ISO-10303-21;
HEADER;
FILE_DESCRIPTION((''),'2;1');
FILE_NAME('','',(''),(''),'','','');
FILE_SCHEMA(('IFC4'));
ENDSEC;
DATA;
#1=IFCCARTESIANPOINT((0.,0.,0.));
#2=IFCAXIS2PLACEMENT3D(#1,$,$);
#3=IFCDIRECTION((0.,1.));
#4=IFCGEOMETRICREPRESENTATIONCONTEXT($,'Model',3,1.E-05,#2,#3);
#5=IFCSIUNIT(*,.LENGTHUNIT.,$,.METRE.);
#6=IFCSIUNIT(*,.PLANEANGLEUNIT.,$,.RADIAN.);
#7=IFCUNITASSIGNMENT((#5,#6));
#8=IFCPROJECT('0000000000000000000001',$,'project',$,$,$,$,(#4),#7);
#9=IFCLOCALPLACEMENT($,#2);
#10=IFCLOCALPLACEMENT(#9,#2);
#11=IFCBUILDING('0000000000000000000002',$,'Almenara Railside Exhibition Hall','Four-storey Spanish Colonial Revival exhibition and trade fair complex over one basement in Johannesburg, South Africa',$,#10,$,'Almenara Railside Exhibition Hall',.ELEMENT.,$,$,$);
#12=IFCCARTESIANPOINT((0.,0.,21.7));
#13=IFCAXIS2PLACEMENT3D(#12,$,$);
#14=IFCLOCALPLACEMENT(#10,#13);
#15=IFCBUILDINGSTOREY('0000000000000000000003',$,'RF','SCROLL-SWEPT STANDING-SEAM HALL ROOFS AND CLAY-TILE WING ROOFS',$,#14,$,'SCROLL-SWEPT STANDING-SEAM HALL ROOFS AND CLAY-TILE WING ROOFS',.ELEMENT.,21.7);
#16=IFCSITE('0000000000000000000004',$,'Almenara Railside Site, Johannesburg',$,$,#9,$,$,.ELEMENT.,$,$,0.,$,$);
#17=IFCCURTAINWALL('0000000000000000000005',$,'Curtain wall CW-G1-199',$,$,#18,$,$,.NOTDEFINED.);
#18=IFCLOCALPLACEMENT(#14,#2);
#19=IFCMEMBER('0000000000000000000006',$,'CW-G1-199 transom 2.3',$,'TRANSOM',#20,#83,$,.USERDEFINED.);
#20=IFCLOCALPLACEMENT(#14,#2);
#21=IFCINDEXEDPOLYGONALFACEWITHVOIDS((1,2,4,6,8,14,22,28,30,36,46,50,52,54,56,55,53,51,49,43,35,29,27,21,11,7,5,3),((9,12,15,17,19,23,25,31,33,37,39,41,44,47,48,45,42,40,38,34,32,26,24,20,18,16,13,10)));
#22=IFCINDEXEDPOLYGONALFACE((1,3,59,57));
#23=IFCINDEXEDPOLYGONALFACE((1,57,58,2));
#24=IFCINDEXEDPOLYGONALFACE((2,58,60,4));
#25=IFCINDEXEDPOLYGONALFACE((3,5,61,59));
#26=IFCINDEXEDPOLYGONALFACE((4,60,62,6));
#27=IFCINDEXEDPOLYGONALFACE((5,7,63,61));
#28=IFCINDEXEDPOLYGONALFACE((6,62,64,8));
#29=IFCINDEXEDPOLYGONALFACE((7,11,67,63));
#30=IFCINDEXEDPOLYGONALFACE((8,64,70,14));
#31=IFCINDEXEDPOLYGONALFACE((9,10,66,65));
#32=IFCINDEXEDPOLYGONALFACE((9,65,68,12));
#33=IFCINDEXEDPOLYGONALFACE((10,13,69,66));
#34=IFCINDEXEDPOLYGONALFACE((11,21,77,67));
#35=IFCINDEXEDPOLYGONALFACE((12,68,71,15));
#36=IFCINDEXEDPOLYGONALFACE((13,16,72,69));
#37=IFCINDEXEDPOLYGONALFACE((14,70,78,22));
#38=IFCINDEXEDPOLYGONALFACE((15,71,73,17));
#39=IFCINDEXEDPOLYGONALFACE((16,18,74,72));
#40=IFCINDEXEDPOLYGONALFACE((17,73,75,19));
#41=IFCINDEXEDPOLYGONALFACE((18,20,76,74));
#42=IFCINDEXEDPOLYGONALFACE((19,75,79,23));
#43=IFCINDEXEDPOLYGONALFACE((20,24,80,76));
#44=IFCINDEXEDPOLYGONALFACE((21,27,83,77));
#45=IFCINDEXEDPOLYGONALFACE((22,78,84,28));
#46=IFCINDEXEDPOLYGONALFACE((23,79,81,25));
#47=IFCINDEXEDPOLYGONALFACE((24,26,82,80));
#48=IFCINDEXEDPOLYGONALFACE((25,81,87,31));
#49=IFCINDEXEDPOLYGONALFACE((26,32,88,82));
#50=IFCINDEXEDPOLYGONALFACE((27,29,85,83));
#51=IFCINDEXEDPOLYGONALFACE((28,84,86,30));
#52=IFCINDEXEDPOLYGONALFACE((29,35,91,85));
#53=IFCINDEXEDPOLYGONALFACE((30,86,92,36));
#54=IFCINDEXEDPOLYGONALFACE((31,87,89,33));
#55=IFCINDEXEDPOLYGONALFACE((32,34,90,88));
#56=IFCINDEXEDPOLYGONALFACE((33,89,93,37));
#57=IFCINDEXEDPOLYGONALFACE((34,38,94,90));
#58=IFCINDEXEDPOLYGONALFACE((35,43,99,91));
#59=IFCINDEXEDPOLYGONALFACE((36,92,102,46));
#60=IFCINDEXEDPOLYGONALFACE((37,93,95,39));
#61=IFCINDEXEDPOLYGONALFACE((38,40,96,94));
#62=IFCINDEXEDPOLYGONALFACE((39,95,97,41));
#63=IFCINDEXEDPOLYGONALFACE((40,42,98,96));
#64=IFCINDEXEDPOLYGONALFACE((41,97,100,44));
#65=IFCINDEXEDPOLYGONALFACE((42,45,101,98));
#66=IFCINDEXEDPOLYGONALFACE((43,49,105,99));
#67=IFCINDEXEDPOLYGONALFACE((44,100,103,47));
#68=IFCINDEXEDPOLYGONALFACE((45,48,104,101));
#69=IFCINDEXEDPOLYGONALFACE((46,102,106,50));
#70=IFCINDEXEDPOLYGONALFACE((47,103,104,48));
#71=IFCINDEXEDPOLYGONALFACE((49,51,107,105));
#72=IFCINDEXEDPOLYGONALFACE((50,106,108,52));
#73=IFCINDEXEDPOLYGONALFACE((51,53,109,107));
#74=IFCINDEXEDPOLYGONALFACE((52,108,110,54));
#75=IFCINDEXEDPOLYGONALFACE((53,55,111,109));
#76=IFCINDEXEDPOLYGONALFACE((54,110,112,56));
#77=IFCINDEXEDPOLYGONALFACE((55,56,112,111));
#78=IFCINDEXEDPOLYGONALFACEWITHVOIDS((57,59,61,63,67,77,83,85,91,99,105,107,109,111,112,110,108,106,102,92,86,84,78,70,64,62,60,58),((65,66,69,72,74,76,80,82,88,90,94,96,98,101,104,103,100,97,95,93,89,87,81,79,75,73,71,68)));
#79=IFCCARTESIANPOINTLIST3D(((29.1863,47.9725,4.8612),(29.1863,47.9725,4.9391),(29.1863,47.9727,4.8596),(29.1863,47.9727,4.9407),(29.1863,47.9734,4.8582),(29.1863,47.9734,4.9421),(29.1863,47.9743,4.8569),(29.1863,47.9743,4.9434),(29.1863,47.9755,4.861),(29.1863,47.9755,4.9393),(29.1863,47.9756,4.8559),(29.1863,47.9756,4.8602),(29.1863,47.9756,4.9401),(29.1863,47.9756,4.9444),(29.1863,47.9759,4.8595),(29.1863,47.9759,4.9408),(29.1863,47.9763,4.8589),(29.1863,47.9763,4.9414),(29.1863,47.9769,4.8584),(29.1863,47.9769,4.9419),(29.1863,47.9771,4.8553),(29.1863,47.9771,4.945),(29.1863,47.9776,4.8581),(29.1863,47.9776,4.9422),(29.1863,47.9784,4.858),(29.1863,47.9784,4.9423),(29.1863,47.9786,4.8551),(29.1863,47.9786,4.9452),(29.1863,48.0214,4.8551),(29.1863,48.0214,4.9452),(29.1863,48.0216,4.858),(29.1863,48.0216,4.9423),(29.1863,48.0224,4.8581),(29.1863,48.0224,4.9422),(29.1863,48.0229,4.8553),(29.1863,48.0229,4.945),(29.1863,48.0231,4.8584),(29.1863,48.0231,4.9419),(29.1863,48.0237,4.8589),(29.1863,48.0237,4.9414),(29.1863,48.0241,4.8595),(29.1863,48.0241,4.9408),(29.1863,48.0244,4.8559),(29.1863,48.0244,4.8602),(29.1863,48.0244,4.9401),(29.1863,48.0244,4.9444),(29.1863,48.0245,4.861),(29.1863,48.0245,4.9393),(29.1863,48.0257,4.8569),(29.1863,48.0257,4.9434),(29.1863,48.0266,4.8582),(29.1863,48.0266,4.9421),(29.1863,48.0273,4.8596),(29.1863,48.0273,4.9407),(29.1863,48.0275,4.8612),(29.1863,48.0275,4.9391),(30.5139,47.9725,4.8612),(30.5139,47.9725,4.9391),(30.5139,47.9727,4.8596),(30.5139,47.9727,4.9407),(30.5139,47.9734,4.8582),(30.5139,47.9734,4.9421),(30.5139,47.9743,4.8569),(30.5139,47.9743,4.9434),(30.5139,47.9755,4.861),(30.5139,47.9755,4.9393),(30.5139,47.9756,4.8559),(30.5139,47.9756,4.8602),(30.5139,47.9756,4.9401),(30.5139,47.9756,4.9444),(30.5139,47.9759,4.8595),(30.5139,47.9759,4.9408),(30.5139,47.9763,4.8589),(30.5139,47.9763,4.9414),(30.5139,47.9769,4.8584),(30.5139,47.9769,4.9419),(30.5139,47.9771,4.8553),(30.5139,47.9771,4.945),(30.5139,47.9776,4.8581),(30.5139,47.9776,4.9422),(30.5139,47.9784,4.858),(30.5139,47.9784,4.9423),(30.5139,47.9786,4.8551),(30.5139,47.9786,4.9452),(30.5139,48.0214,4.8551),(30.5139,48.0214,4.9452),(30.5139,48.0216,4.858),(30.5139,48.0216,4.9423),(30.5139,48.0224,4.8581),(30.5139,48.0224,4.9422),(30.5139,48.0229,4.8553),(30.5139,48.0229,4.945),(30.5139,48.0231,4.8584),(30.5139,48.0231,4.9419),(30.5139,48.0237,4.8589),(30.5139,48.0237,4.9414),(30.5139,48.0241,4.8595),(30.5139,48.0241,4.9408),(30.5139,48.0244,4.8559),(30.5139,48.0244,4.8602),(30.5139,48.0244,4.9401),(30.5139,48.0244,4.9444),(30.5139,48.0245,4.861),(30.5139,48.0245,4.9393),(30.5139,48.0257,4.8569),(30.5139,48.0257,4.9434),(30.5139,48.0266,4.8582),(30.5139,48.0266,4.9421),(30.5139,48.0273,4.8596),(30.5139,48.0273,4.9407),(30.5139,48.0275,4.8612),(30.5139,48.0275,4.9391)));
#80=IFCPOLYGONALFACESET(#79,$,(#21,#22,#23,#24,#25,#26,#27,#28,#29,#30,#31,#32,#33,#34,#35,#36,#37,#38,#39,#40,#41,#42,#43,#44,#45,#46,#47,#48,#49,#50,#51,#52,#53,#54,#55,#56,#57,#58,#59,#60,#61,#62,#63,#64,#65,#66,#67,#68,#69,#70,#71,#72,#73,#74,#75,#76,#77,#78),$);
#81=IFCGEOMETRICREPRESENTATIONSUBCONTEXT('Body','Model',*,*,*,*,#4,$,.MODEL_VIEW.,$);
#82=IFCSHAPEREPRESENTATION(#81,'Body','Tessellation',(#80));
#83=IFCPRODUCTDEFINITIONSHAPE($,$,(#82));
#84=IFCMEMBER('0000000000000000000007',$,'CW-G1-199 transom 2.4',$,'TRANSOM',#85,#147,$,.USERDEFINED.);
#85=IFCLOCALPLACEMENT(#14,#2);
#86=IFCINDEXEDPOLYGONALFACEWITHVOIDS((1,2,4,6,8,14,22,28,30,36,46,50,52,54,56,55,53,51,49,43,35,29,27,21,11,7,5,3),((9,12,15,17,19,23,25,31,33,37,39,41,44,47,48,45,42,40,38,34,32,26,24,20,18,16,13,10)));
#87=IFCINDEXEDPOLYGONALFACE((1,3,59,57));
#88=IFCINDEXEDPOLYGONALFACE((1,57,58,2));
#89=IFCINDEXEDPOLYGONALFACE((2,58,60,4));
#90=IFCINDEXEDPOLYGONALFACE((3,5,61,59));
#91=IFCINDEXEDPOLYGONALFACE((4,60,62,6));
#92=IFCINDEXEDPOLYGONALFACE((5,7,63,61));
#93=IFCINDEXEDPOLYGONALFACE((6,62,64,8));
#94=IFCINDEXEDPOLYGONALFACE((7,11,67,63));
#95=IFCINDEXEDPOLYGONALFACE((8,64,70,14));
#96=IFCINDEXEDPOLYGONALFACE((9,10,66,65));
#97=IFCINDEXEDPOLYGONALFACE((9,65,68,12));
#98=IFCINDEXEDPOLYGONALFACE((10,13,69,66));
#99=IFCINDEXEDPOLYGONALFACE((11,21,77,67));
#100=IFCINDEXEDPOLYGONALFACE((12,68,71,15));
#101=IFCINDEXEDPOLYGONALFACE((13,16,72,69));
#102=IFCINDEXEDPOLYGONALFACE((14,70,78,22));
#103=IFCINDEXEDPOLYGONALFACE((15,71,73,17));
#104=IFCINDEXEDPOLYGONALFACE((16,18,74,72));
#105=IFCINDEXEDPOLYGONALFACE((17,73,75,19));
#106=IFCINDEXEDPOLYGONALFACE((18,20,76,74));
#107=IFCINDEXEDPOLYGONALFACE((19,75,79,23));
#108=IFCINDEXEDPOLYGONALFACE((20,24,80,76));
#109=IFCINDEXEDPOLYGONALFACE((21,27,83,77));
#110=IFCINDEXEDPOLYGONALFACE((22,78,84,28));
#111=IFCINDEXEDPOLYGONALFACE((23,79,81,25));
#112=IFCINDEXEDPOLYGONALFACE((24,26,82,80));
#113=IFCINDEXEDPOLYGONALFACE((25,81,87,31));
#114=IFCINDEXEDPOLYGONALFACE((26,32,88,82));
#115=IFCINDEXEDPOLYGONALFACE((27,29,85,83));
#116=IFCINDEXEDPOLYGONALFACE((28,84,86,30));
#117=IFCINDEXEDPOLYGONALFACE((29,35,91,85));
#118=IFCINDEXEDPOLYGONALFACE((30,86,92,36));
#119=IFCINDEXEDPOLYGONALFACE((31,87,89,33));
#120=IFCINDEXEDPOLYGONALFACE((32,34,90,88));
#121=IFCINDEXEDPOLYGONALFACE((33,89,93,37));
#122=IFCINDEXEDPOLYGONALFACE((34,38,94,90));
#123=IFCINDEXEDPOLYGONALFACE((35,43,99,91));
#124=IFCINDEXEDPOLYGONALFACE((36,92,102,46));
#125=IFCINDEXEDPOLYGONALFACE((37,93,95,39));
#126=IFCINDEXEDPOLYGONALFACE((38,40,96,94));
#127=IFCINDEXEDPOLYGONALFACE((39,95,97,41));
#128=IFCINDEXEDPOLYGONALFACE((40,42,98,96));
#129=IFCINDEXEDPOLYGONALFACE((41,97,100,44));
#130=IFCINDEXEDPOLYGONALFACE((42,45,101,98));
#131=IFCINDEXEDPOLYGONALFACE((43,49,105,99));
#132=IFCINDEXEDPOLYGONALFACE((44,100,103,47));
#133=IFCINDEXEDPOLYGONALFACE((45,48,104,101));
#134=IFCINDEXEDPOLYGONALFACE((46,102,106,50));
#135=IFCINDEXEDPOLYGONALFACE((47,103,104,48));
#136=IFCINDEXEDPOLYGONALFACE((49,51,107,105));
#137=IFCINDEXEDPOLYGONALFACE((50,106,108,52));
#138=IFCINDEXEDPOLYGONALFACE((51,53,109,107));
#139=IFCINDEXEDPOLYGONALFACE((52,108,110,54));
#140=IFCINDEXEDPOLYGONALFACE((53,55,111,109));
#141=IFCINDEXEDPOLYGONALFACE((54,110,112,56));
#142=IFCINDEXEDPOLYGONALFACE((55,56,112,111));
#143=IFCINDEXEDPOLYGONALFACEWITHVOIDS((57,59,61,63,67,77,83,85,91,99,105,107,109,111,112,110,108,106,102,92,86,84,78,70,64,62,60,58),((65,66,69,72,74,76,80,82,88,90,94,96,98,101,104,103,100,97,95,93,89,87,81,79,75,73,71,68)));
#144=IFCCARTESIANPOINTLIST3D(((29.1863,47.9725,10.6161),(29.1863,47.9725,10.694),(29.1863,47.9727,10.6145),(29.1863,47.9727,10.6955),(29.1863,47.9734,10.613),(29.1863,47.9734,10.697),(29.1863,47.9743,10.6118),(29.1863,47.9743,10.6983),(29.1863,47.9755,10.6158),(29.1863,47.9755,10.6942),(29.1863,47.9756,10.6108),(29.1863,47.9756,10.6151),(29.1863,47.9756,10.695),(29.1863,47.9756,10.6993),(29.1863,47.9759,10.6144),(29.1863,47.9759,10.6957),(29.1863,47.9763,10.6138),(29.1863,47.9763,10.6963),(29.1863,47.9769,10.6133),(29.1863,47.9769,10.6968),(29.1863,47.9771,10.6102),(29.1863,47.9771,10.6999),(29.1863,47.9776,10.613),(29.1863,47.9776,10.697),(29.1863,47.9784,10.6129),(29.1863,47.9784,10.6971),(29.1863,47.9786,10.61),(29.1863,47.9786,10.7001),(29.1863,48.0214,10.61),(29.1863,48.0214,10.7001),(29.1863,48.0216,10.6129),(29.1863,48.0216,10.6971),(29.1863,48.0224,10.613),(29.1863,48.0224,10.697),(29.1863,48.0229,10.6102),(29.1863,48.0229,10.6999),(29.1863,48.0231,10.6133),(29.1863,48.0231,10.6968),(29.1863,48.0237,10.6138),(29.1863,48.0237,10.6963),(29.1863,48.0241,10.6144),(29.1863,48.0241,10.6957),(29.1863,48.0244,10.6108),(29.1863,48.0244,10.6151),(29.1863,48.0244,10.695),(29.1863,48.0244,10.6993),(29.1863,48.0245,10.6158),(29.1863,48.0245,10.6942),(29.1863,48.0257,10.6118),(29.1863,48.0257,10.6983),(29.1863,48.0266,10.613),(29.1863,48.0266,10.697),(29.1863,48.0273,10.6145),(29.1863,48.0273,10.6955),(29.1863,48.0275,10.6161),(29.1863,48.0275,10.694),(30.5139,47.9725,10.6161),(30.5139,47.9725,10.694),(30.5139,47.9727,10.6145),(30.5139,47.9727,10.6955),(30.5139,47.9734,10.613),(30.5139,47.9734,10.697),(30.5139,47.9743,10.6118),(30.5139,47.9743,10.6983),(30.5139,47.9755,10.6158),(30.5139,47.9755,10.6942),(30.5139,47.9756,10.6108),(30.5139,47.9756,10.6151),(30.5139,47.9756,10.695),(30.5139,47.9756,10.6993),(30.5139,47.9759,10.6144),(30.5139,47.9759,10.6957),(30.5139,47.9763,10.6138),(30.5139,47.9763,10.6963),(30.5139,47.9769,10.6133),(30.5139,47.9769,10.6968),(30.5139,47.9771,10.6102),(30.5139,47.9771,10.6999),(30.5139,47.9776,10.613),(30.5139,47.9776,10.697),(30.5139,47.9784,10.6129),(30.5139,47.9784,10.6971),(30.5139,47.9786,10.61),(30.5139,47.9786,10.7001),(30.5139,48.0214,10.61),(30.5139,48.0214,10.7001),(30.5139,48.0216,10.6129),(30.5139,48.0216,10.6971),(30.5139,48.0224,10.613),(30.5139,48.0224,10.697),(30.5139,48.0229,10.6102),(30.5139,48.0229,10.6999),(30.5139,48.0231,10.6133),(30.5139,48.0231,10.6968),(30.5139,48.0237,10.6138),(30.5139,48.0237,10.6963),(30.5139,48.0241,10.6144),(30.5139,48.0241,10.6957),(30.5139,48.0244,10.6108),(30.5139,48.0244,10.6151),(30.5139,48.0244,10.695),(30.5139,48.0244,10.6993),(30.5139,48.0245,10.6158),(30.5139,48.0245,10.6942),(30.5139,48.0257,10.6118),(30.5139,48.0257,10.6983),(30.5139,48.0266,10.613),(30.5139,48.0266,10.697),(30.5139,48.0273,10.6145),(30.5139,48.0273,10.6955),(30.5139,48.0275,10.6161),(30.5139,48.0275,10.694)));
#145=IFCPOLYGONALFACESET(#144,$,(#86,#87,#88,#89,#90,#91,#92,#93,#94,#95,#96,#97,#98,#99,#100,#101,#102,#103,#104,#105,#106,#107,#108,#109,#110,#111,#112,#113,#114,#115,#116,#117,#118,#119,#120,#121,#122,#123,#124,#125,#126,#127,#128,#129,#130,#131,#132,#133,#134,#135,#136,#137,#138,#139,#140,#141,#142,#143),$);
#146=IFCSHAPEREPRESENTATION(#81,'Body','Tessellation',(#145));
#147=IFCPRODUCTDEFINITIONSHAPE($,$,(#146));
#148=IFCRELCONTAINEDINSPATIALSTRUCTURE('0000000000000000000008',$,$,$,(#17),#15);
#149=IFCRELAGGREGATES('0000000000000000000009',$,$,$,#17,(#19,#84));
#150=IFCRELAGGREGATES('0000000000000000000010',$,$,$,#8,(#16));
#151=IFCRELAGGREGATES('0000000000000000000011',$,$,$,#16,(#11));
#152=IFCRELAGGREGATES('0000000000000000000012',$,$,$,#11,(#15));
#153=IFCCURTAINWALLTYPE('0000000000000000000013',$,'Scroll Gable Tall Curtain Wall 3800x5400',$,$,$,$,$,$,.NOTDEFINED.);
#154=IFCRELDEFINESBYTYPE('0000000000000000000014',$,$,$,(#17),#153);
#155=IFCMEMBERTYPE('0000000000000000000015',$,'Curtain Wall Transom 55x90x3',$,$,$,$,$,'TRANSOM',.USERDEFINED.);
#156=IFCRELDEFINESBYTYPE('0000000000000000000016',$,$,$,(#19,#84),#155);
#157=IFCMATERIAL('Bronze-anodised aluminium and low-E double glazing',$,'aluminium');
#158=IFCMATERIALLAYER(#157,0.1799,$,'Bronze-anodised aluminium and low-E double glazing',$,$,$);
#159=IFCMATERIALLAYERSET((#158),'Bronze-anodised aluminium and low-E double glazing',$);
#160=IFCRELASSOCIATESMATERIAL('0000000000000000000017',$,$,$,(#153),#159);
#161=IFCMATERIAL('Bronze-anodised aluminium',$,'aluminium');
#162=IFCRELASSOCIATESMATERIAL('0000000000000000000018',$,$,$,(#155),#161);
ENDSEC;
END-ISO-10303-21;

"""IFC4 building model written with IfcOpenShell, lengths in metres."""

from ifc_helpers import new_model, si_unit, direction, frame, origin, origin_2d, place, context, subcontext, project, spatial, hollow_rectangle, extrude, material, layer, layer_set, material_profile, profile_set, type_object, element, aggregate, save


model = new_model("IFC4")

# Units and contexts
model_context = context("Model", 3, precision=1e-05, world=origin(), true_north=direction((0.0, 1.0)))
body_context = subcontext(model_context, "Body", "Model", "MODEL_VIEW")
ifc_project = project(units=[si_unit("LENGTHUNIT", "METRE"), si_unit("PLANEANGLEUNIT", "RADIAN")], contexts=[model_context])

# Site, building, storey
site_placement = place(None, origin())
site = spatial("IfcSite", under=ifc_project, at=site_placement, Name="Almenara Railside Site, Johannesburg", CompositionType="ELEMENT", RefElevation=0.0)
building_placement = place(site_placement, origin())
building = spatial("IfcBuilding", under=site, at=building_placement, Name="Almenara Railside Exhibition Hall", Description="Four-storey Spanish Colonial Revival exhibition and trade fair complex over one basement in Johannesburg, South Africa", LongName="Almenara Railside Exhibition Hall", CompositionType="ELEMENT")
storey_placement = place(building_placement, frame((0.0, 0.0, 21.7)))
storey = spatial("IfcBuildingStorey", under=building, at=storey_placement, Name="RF", Description="SCROLL-SWEPT STANDING-SEAM HALL ROOFS AND CLAY-TILE WING ROOFS", LongName="SCROLL-SWEPT STANDING-SEAM HALL ROOFS AND CLAY-TILE WING ROOFS", CompositionType="ELEMENT", Elevation=21.7)

# Curtain wall
ifc_material_1 = material(Name="Bronze-anodised aluminium and low-E double glazing", Category="aluminium")
ifc_layer_1 = layer(ifc_material_1, 0.1799, Name="Bronze-anodised aluminium and low-E double glazing")
ifc_layer_set_1 = layer_set([ifc_layer_1], Name="Bronze-anodised aluminium and low-E double glazing")
curtain_wall_type = type_object("IfcCurtainWallType", Name="Scroll Gable Tall Curtain Wall 3800x5400", PredefinedType="NOTDEFINED", material=ifc_layer_set_1)
curtain_wall_1_placement = place(storey_placement, origin())
curtain_wall_1 = element("IfcCurtainWall", 1, at=curtain_wall_1_placement, inside=storey, type_object=curtain_wall_type, Name="Curtain wall CW-G1-199", PredefinedType="NOTDEFINED")
ifc_material_2 = material(Name="Bronze-anodised aluminium", Category="aluminium")

# Members
ifc_material_profile_1 = material_profile(ifc_material_2, hollow_rectangle(XDim=0.0549, YDim=0.0901, WallThickness=0.0029, InnerFilletRadius=0.0029, OuterFilletRadius=0.0061, at=origin_2d()), Name="ALU-TRN 55x90x3")
ifc_profile_set_1 = profile_set([ifc_material_profile_1], Name="Bronze-anodised aluminium")
member_type_1 = type_object("IfcMemberType", Name="Curtain Wall Transom 55x90x3", ElementType="TRANSOM", PredefinedType="USERDEFINED", material=ifc_profile_set_1)
member_1_placement = place(storey_placement, frame((29.1863, 48.0, 4.9001), z_axis=(1.0, 0.0, 0.0), x_axis=(0.0, 1.0, 0.0)))
member_1 = element("IfcMember", 2, at=member_1_placement, type_object=member_type_1, Name="CW-G1-199 transom 2.3", ObjectType="TRANSOM", PredefinedType="USERDEFINED", context=body_context, shape_type="SweptSolid", body=[
    extrude(hollow_rectangle(XDim=0.0549, YDim=0.0901, WallThickness=0.0029, InnerFilletRadius=0.0029, OuterFilletRadius=0.0061, at=origin_2d()), origin(), (0.0, 0.0, 1.0), 1.3276),
])
member_2_placement = place(storey_placement, frame((29.1863, 48.0, 10.655), z_axis=(1.0, 0.0, 0.0), x_axis=(0.0, 1.0, 0.0)))
member_2 = element("IfcMember", 3, at=member_2_placement, type_object=member_type_1, Name="CW-G1-199 transom 2.4", ObjectType="TRANSOM", PredefinedType="USERDEFINED", context=body_context, shape_type="SweptSolid", body=[
    extrude(hollow_rectangle(XDim=0.0549, YDim=0.0901, WallThickness=0.0029, InnerFilletRadius=0.0029, OuterFilletRadius=0.0061, at=origin_2d()), origin(), (0.0, 0.0, 1.0), 1.3276),
])

aggregate(curtain_wall_1, [member_1, member_2])

save(model, "model.ifc")
